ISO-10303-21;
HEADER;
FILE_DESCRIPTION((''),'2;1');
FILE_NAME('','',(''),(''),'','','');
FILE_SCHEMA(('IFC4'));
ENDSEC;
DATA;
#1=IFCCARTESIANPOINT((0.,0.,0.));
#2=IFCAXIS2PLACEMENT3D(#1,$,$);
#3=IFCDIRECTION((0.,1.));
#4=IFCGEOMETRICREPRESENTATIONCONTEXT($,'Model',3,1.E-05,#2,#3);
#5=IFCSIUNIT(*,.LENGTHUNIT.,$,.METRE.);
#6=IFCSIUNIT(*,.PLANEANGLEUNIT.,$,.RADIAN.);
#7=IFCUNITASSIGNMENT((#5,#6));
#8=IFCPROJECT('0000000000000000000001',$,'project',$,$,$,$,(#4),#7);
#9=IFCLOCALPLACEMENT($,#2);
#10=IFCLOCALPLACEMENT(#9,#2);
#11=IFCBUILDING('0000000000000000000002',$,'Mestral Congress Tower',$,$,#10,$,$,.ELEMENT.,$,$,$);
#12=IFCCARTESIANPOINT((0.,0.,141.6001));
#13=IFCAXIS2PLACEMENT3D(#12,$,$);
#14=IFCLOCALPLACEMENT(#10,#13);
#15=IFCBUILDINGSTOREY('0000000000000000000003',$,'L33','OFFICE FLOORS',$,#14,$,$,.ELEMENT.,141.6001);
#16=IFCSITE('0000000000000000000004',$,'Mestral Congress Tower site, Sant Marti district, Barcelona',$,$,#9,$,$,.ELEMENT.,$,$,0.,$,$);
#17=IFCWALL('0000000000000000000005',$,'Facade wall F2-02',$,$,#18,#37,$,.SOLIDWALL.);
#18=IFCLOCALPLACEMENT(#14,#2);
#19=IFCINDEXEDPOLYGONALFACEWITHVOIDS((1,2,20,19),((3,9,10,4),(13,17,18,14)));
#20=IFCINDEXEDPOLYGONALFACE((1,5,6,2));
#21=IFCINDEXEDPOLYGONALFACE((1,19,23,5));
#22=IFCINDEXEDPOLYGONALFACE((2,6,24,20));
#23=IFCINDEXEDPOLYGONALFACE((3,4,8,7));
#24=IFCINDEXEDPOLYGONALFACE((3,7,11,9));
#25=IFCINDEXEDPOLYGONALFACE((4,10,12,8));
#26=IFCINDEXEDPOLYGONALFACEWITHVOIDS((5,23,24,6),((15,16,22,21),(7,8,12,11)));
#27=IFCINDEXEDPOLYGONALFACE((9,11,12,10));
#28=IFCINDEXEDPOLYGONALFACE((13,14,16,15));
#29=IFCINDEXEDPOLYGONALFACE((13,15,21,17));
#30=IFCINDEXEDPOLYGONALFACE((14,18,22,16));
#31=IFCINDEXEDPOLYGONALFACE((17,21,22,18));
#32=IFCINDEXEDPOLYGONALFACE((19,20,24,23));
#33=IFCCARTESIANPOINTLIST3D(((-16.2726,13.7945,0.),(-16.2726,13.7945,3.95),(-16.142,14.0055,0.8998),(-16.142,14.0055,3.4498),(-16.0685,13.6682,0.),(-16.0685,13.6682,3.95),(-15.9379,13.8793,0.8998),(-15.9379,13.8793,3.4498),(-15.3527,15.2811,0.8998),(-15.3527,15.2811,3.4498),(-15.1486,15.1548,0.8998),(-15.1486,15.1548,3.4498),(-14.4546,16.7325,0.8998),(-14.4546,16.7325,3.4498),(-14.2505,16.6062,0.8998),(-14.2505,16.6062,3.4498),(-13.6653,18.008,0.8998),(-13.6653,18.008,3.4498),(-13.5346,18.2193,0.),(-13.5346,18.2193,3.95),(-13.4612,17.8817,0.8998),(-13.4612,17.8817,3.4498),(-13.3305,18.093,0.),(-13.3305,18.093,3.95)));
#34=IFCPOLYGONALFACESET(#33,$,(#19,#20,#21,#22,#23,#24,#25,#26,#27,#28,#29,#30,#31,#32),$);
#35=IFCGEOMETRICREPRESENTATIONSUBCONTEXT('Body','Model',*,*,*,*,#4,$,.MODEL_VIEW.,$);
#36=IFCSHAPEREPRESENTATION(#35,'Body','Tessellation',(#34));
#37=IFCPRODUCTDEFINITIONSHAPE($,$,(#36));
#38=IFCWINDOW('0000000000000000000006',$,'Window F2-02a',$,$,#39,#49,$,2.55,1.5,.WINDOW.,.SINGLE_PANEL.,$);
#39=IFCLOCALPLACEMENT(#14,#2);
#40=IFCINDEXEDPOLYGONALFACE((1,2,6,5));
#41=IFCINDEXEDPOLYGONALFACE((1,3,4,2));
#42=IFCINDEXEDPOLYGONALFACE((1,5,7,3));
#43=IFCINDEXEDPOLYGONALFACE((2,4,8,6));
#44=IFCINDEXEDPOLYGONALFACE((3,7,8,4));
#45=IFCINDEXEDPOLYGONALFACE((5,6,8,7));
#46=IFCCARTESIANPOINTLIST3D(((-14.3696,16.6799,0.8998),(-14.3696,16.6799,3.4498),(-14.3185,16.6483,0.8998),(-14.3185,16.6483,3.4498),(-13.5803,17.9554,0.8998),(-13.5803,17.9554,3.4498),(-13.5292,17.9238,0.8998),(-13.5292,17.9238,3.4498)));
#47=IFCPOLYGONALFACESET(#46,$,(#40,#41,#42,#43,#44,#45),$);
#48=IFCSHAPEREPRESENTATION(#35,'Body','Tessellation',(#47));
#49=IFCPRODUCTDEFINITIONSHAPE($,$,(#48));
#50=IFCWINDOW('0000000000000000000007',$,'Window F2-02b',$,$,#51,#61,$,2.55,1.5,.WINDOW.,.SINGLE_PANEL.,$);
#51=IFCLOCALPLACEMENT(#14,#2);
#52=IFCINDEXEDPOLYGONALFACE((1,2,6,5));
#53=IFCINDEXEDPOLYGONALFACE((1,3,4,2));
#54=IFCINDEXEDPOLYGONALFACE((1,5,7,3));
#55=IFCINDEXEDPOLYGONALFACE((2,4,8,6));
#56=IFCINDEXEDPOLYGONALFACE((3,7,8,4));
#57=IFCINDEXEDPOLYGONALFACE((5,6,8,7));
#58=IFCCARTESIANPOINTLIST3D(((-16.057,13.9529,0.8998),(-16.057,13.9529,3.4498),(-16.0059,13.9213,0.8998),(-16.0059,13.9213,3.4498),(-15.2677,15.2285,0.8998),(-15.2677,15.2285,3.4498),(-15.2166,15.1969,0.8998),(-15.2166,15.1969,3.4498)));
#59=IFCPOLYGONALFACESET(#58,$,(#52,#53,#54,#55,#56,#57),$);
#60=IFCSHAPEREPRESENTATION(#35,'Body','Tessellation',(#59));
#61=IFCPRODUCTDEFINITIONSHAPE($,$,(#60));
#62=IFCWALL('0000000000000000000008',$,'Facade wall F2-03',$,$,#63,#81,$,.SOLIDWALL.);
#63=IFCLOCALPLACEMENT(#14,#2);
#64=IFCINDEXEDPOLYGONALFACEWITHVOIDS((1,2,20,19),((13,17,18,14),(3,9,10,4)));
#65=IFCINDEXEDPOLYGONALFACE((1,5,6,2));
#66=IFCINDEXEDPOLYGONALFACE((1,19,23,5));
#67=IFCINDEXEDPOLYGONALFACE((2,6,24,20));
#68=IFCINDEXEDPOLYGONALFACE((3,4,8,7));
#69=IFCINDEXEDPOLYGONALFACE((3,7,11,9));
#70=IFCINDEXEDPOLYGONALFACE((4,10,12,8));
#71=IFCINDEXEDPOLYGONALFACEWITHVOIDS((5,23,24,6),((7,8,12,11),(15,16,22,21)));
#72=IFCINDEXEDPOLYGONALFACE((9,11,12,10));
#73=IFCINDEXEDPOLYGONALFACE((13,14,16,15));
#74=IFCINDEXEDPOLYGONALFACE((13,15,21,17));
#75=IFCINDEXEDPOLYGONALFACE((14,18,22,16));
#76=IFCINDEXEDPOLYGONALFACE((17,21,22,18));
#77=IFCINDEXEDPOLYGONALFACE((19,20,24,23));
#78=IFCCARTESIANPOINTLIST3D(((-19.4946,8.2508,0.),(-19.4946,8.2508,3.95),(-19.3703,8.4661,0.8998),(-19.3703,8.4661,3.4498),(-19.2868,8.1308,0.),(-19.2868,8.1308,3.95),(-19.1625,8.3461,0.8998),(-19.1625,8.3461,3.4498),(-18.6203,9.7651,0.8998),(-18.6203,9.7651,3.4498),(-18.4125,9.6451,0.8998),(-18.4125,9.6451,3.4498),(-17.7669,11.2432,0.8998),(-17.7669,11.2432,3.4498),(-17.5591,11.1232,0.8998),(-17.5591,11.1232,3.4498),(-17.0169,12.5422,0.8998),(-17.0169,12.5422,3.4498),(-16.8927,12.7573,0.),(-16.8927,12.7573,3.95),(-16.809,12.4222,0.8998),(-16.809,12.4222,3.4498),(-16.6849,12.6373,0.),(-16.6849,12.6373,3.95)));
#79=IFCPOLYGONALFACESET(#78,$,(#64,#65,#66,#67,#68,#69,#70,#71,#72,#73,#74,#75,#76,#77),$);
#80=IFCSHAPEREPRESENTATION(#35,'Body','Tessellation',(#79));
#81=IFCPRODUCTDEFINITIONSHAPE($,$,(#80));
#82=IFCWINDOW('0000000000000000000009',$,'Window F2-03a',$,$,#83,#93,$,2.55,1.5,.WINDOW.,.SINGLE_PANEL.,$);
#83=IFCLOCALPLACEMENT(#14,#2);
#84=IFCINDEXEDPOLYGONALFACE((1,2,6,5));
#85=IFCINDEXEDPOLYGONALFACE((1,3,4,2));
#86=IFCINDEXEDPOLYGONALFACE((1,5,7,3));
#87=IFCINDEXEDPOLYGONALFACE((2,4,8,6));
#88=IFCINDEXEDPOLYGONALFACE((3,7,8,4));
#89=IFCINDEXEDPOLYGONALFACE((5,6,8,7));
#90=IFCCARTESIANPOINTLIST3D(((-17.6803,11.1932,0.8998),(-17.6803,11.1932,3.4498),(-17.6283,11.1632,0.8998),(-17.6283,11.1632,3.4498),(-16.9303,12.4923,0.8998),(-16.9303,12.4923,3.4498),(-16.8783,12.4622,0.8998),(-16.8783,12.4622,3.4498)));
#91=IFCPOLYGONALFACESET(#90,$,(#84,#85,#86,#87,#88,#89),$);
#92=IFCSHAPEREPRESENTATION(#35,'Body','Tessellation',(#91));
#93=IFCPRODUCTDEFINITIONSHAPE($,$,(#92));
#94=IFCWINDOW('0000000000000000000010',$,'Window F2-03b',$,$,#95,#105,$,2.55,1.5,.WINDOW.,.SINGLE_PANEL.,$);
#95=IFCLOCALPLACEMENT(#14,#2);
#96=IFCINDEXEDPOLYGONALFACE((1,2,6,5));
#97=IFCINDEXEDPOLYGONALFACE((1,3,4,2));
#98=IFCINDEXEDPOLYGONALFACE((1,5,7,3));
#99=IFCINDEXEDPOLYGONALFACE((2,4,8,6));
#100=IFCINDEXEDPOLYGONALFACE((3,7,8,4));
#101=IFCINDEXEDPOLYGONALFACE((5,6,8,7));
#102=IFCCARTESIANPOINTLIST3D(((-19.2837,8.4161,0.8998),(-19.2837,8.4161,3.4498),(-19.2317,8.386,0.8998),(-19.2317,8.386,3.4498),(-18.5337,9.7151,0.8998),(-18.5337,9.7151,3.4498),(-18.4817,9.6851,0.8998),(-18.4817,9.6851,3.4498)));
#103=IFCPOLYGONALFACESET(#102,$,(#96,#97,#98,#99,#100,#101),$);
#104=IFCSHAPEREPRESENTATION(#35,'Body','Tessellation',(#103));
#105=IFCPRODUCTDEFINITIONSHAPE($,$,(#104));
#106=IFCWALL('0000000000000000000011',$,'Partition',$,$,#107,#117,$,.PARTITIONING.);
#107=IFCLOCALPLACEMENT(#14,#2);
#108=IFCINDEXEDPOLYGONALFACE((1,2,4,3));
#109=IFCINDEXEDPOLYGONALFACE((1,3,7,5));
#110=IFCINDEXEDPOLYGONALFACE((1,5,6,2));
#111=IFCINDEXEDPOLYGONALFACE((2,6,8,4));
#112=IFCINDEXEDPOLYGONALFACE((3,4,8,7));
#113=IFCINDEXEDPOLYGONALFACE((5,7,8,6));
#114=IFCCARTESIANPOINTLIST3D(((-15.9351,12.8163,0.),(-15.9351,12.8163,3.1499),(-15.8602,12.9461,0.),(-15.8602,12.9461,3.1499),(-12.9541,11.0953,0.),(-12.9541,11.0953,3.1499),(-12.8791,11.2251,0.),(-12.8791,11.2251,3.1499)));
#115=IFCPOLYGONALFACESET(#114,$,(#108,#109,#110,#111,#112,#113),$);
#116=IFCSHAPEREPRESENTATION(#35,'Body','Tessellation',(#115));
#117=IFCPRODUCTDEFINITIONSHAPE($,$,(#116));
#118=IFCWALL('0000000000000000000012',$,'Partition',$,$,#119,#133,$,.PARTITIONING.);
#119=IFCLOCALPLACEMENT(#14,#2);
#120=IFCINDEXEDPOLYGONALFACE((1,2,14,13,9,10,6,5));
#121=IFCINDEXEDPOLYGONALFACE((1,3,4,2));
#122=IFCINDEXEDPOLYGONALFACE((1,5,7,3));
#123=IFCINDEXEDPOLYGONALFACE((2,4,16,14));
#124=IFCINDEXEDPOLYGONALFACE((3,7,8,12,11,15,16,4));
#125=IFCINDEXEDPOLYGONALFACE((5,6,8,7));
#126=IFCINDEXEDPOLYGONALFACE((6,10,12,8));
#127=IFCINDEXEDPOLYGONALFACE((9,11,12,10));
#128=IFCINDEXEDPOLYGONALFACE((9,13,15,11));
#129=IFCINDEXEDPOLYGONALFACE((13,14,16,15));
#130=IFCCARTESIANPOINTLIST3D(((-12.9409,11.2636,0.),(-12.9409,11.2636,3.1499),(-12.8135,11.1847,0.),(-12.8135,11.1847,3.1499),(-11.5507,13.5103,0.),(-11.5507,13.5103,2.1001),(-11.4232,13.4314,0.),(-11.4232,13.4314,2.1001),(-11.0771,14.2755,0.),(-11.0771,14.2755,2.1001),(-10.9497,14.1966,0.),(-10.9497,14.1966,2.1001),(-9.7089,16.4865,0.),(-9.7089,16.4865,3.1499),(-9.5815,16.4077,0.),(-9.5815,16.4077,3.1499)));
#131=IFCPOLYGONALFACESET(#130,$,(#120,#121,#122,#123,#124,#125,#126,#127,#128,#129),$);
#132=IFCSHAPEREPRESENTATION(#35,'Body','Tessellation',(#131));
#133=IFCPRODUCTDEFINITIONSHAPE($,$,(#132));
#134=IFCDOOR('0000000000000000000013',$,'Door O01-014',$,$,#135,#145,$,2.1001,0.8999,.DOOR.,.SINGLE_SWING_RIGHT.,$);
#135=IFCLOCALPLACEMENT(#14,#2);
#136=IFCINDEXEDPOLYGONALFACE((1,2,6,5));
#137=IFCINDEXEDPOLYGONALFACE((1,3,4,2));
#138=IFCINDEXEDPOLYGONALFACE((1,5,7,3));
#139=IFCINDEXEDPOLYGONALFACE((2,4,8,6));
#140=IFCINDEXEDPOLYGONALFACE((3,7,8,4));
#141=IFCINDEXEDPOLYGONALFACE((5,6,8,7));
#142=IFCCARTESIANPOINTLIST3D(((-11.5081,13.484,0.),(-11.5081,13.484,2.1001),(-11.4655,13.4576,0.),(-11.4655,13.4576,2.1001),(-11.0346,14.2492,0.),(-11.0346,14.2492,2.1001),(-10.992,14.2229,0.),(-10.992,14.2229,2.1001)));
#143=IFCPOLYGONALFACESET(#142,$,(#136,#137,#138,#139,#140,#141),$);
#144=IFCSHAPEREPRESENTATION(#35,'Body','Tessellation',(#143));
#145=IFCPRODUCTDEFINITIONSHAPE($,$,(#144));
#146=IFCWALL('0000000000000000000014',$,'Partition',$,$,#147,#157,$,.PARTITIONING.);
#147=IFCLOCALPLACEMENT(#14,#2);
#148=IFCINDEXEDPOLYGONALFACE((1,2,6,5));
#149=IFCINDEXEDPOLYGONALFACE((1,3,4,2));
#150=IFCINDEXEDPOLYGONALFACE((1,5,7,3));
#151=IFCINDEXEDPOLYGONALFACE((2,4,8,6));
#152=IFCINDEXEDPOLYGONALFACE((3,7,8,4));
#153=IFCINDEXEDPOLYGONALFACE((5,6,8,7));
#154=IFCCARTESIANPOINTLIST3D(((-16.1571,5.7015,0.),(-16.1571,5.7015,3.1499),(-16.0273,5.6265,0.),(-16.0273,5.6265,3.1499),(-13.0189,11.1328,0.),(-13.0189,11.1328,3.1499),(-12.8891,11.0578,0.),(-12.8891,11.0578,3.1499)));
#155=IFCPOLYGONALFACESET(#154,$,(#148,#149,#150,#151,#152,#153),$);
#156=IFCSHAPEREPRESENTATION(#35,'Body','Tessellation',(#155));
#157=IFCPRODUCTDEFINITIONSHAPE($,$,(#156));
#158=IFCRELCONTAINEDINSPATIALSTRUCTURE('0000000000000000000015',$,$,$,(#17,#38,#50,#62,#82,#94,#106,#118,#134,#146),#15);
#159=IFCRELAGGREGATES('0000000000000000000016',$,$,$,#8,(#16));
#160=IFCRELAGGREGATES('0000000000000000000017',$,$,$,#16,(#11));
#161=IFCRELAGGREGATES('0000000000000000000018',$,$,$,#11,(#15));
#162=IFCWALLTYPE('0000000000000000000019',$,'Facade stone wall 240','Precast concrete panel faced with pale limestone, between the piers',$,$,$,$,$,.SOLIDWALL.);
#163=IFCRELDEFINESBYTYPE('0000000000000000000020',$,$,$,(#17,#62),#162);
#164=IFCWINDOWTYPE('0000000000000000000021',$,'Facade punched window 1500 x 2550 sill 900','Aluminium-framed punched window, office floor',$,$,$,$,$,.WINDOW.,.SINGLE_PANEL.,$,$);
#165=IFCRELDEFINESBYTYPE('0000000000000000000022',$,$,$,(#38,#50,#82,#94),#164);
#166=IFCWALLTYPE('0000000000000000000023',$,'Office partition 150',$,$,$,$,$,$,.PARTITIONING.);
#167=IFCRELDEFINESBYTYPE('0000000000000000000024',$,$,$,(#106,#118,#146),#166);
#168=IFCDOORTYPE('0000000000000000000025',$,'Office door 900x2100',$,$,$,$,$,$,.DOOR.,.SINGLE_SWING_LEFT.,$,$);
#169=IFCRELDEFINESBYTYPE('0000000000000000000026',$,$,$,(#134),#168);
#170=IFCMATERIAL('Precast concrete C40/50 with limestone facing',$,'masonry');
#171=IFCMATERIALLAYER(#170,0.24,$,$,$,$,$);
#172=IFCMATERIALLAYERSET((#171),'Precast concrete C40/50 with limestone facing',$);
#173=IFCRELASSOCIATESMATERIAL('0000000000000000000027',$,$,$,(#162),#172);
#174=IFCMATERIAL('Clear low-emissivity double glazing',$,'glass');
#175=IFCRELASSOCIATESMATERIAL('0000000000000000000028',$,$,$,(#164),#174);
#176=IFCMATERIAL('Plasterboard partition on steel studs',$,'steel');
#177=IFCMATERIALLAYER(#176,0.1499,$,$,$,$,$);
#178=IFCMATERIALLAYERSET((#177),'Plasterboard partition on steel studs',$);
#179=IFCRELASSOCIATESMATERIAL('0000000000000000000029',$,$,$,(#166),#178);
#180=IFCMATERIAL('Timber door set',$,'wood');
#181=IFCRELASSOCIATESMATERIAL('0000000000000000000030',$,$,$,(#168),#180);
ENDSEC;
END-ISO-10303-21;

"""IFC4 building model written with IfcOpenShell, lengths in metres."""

from ifc_helpers import new_model, si_unit, direction, frame, frame_2d, origin, place, context, subcontext, project, spatial, rectangle, extrude, material, layer, layer_set, type_object, element, fill, save


model = new_model("IFC4")

# Units and contexts
model_context = context("Model", 3, precision=1e-05, world=origin(), true_north=direction((0.0, 1.0)))
body_context = subcontext(model_context, "Body", "Model", "MODEL_VIEW")
ifc_project = project(units=[si_unit("LENGTHUNIT", "METRE"), si_unit("PLANEANGLEUNIT", "RADIAN")], contexts=[model_context])

# Site, building, storey
site_placement = place(None, origin())
site = spatial("IfcSite", under=ifc_project, at=site_placement, Name="Mestral Congress Tower site, Sant Marti district, Barcelona", CompositionType="ELEMENT", RefElevation=0.0)
building_placement = place(site_placement, origin())
building = spatial("IfcBuilding", under=site, at=building_placement, Name="Mestral Congress Tower", CompositionType="ELEMENT")
storey_placement = place(building_placement, frame((0.0, 0.0, 141.6001)))
storey = spatial("IfcBuildingStorey", under=building, at=storey_placement, Name="L33", Description="OFFICE FLOORS", CompositionType="ELEMENT", Elevation=141.6001)

# Walls, openings, windows
ifc_material_1 = material(Name="Precast concrete C40/50 with limestone facing", Category="masonry")
ifc_layer_1 = layer(ifc_material_1, 0.24)
ifc_layer_set_1 = layer_set([ifc_layer_1], Name="Precast concrete C40/50 with limestone facing")
wall_type_1 = type_object("IfcWallType", Name="Facade stone wall 240", Description="Precast concrete panel faced with pale limestone, between the piers", PredefinedType="SOLIDWALL", material=ifc_layer_set_1)
wall_1_placement = place(storey_placement, frame((-13.4326, 18.156, 0.0), z_axis=(0.0, 0.0, 1.0), x_axis=(-0.526198, -0.850362, 0.0)))
wall_1 = element("IfcWall", 1, at=wall_1_placement, inside=storey, type_object=wall_type_1, Name="Facade wall F2-02", PredefinedType="SOLIDWALL", context=body_context, shape_type="SweptSolid", body=[
    extrude(rectangle(XDim=5.2034, YDim=0.24, at=frame_2d((2.6016, 0.0))), origin(), (0.0, 0.0, 1.0), 3.95),
])
opening_1_placement = place(wall_1_placement, frame((0.2483, 0.0, 0.8999)))
opening_1 = element("IfcOpeningElement", 2, at=opening_1_placement, cuts=wall_1, PredefinedType="OPENING", context=body_context, shape_type="SweptSolid", body=[
    extrude(rectangle(XDim=1.5, YDim=2.55, at=frame_2d((0.75, 1.2749))), frame((0.0, 0.1299, 0.0), z_axis=(0.0, -1.0, 0.0), x_axis=(1.0, 0.0, 0.0)), (0.0, 0.0, 1.0), 0.26),
])
opening_2_placement = place(wall_1_placement, frame((3.4551, 0.0, 0.8999)))
opening_2 = element("IfcOpeningElement", 3, at=opening_2_placement, cuts=wall_1, PredefinedType="OPENING", context=body_context, shape_type="SweptSolid", body=[
    extrude(rectangle(XDim=1.5, YDim=2.55, at=frame_2d((0.75, 1.2749))), frame((0.0, 0.1299, 0.0), z_axis=(0.0, -1.0, 0.0), x_axis=(1.0, 0.0, 0.0)), (0.0, 0.0, 1.0), 0.26),
])
ifc_material_2 = material(Name="Clear low-emissivity double glazing", Category="glass")
window_type = type_object("IfcWindowType", Name="Facade punched window 1500 x 2550 sill 900", Description="Aluminium-framed punched window, office floor", PartitioningType="SINGLE_PANEL", PredefinedType="WINDOW", material=ifc_material_2)
window_1_placement = place(opening_1_placement, origin())
window_1 = element("IfcWindow", 4, at=window_1_placement, inside=storey, type_object=window_type, Name="Window F2-02a", OverallHeight=2.55, OverallWidth=1.5, PartitioningType="SINGLE_PANEL", PredefinedType="WINDOW", context=body_context, shape_type="SweptSolid", body=[
    extrude(rectangle(XDim=1.5, YDim=2.55, at=frame_2d((0.75, 1.2749))), frame((0.0, 0.04, 0.0), z_axis=(0.0, -1.0, 0.0), x_axis=(1.0, 0.0, 0.0)), (0.0, 0.0, 1.0), 0.0601),
])
fill(opening_1, window_1)
window_2_placement = place(opening_2_placement, origin())
window_2 = element("IfcWindow", 5, at=window_2_placement, inside=storey, type_object=window_type, Name="Window F2-02b", OverallHeight=2.55, OverallWidth=1.5, PartitioningType="SINGLE_PANEL", PredefinedType="WINDOW", context=body_context, shape_type="SweptSolid", body=[
    extrude(rectangle(XDim=1.5, YDim=2.55, at=frame_2d((0.75, 1.2749))), frame((0.0, 0.04, 0.0), z_axis=(0.0, -1.0, 0.0), x_axis=(1.0, 0.0, 0.0)), (0.0, 0.0, 1.0), 0.0601),
])
fill(opening_2, window_2)
wall_2_placement = place(storey_placement, frame((-16.7888, 12.6973, 0.0), z_axis=(0.0, 0.0, 1.0), x_axis=(-0.500009, -0.86602, 0.0)))
wall_2 = element("IfcWall", 6, at=wall_2_placement, inside=storey, type_object=wall_type_1, Name="Facade wall F2-03", PredefinedType="SOLIDWALL", context=body_context, shape_type="SweptSolid", body=[
    extrude(rectangle(XDim=5.2036, YDim=0.24, at=frame_2d((2.6018, 0.0))), origin(), (0.0, 0.0, 1.0), 3.95),
])
opening_3_placement = place(wall_2_placement, frame((0.2483, 0.0, 0.8999)))
opening_3 = element("IfcOpeningElement", 7, at=opening_3_placement, cuts=wall_2, PredefinedType="OPENING", context=body_context, shape_type="SweptSolid", body=[
    extrude(rectangle(XDim=1.5, YDim=2.55, at=frame_2d((0.75, 1.2749))), frame((0.0, 0.1299, 0.0), z_axis=(0.0, -1.0, 0.0), x_axis=(1.0, 0.0, 0.0)), (0.0, 0.0, 1.0), 0.26),
])
opening_4_placement = place(wall_2_placement, frame((3.4551, 0.0, 0.8999)))
opening_4 = element("IfcOpeningElement", 8, at=opening_4_placement, cuts=wall_2, PredefinedType="OPENING", context=body_context, shape_type="SweptSolid", body=[
    extrude(rectangle(XDim=1.5, YDim=2.55, at=frame_2d((0.75, 1.2749))), frame((0.0, 0.1299, 0.0), z_axis=(0.0, -1.0, 0.0), x_axis=(1.0, 0.0, 0.0)), (0.0, 0.0, 1.0), 0.26),
])
window_3_placement = place(opening_3_placement, origin())
window_3 = element("IfcWindow", 9, at=window_3_placement, inside=storey, type_object=window_type, Name="Window F2-03a", OverallHeight=2.55, OverallWidth=1.5, PartitioningType="SINGLE_PANEL", PredefinedType="WINDOW", context=body_context, shape_type="SweptSolid", body=[
    extrude(rectangle(XDim=1.5, YDim=2.55, at=frame_2d((0.75, 1.2749))), frame((0.0, 0.04, 0.0), z_axis=(0.0, -1.0, 0.0), x_axis=(1.0, 0.0, 0.0)), (0.0, 0.0, 1.0), 0.0601),
])
fill(opening_3, window_3)
window_4_placement = place(opening_4_placement, origin())
window_4 = element("IfcWindow", 10, at=window_4_placement, inside=storey, type_object=window_type, Name="Window F2-03b", OverallHeight=2.55, OverallWidth=1.5, PartitioningType="SINGLE_PANEL", PredefinedType="WINDOW", context=body_context, shape_type="SweptSolid", body=[
    extrude(rectangle(XDim=1.5, YDim=2.55, at=frame_2d((0.75, 1.2749))), frame((0.0, 0.04, 0.0), z_axis=(0.0, -1.0, 0.0), x_axis=(1.0, 0.0, 0.0)), (0.0, 0.0, 1.0), 0.0601),
])
fill(opening_4, window_4)

# Wall
ifc_material_3 = material(Name="Plasterboard partition on steel studs", Category="steel")
ifc_layer_2 = layer(ifc_material_3, 0.1499)
ifc_layer_set_2 = layer_set([ifc_layer_2], Name="Plasterboard partition on steel studs")
wall_type_2 = type_object("IfcWallType", Name="Office partition 150", PredefinedType="PARTITIONING", material=ifc_layer_set_2)
wall_3_placement = place(storey_placement, frame((-12.9165, 11.1602, 0.0), z_axis=(0.0, 0.0, 1.0), x_axis=(-0.866039, 0.499976, 0.0)))
element("IfcWall", 11, at=wall_3_placement, inside=storey, type_object=wall_type_2, Name="Partition", PredefinedType="PARTITIONING", context=body_context, shape_type="SweptSolid", body=[
    extrude(rectangle(XDim=3.4421, YDim=0.1499, at=frame_2d((1.7212, 0.0))), origin(), (0.0, 0.0, 1.0), 3.1499),
])

# Wall, opening, door
wall_4_placement = place(storey_placement, frame((-12.8772, 11.2241, 0.0), z_axis=(0.0, 0.0, 1.0), x_axis=(0.526203, 0.850359, 0.0)))
wall_4 = element("IfcWall", 12, at=wall_4_placement, inside=storey, type_object=wall_type_2, Name="Partition", PredefinedType="PARTITIONING", context=body_context, shape_type="SweptSolid", body=[
    extrude(rectangle(XDim=6.1421, YDim=0.1499, at=frame_2d((3.071, 0.0))), origin(), (0.0, 0.0, 1.0), 3.1499),
])
opening_5_placement = place(wall_4_placement, frame((2.6421, 0.0, 0.0)))
opening_5 = element("IfcOpeningElement", 13, at=opening_5_placement, cuts=wall_4, PredefinedType="OPENING", context=body_context, shape_type="SweptSolid", body=[
    extrude(rectangle(XDim=0.8999, YDim=2.1001, at=frame_2d((0.45, 1.05))), frame((0.0, 0.085, 0.0), z_axis=(0.0, -1.0, 0.0), x_axis=(1.0, 0.0, 0.0)), (0.0, 0.0, 1.0), 0.1699),
])
ifc_material_4 = material(Name="Timber door set", Category="wood")
door_type_1 = type_object("IfcDoorType", Name="Office door 900x2100", OperationType="SINGLE_SWING_LEFT", PredefinedType="DOOR", material=ifc_material_4)
door_1_placement = place(opening_5_placement, origin())
door_1 = element("IfcDoor", 14, at=door_1_placement, inside=storey, type_object=door_type_1, Name="Door O01-014", OperationType="SINGLE_SWING_RIGHT", OverallHeight=2.1001, OverallWidth=0.8999, PredefinedType="DOOR", context=body_context, shape_type="SweptSolid", body=[
    extrude(rectangle(XDim=0.8999, YDim=2.1001, at=frame_2d((0.45, 1.05))), frame((0.0, 0.0249, 0.0), z_axis=(0.0, -1.0, 0.0), x_axis=(1.0, 0.0, 0.0)), (0.0, 0.0, 1.0), 0.05),
])
fill(opening_5, door_1)

# Wall
wall_5_placement = place(storey_placement, frame((-12.9541, 11.0952, 0.0), z_axis=(0.0, 0.0, 1.0), x_axis=(-0.500283, -0.865862, 0.0)))
element("IfcWall", 15, at=wall_5_placement, inside=storey, type_object=wall_type_2, Name="Partition", PredefinedType="PARTITIONING", context=body_context, shape_type="SweptSolid", body=[
    extrude(rectangle(XDim=6.2727, YDim=0.1499, at=frame_2d((3.1362, 0.0))), origin(), (0.0, 0.0, 1.0), 3.1499),
])

save(model, "model.ifc")
